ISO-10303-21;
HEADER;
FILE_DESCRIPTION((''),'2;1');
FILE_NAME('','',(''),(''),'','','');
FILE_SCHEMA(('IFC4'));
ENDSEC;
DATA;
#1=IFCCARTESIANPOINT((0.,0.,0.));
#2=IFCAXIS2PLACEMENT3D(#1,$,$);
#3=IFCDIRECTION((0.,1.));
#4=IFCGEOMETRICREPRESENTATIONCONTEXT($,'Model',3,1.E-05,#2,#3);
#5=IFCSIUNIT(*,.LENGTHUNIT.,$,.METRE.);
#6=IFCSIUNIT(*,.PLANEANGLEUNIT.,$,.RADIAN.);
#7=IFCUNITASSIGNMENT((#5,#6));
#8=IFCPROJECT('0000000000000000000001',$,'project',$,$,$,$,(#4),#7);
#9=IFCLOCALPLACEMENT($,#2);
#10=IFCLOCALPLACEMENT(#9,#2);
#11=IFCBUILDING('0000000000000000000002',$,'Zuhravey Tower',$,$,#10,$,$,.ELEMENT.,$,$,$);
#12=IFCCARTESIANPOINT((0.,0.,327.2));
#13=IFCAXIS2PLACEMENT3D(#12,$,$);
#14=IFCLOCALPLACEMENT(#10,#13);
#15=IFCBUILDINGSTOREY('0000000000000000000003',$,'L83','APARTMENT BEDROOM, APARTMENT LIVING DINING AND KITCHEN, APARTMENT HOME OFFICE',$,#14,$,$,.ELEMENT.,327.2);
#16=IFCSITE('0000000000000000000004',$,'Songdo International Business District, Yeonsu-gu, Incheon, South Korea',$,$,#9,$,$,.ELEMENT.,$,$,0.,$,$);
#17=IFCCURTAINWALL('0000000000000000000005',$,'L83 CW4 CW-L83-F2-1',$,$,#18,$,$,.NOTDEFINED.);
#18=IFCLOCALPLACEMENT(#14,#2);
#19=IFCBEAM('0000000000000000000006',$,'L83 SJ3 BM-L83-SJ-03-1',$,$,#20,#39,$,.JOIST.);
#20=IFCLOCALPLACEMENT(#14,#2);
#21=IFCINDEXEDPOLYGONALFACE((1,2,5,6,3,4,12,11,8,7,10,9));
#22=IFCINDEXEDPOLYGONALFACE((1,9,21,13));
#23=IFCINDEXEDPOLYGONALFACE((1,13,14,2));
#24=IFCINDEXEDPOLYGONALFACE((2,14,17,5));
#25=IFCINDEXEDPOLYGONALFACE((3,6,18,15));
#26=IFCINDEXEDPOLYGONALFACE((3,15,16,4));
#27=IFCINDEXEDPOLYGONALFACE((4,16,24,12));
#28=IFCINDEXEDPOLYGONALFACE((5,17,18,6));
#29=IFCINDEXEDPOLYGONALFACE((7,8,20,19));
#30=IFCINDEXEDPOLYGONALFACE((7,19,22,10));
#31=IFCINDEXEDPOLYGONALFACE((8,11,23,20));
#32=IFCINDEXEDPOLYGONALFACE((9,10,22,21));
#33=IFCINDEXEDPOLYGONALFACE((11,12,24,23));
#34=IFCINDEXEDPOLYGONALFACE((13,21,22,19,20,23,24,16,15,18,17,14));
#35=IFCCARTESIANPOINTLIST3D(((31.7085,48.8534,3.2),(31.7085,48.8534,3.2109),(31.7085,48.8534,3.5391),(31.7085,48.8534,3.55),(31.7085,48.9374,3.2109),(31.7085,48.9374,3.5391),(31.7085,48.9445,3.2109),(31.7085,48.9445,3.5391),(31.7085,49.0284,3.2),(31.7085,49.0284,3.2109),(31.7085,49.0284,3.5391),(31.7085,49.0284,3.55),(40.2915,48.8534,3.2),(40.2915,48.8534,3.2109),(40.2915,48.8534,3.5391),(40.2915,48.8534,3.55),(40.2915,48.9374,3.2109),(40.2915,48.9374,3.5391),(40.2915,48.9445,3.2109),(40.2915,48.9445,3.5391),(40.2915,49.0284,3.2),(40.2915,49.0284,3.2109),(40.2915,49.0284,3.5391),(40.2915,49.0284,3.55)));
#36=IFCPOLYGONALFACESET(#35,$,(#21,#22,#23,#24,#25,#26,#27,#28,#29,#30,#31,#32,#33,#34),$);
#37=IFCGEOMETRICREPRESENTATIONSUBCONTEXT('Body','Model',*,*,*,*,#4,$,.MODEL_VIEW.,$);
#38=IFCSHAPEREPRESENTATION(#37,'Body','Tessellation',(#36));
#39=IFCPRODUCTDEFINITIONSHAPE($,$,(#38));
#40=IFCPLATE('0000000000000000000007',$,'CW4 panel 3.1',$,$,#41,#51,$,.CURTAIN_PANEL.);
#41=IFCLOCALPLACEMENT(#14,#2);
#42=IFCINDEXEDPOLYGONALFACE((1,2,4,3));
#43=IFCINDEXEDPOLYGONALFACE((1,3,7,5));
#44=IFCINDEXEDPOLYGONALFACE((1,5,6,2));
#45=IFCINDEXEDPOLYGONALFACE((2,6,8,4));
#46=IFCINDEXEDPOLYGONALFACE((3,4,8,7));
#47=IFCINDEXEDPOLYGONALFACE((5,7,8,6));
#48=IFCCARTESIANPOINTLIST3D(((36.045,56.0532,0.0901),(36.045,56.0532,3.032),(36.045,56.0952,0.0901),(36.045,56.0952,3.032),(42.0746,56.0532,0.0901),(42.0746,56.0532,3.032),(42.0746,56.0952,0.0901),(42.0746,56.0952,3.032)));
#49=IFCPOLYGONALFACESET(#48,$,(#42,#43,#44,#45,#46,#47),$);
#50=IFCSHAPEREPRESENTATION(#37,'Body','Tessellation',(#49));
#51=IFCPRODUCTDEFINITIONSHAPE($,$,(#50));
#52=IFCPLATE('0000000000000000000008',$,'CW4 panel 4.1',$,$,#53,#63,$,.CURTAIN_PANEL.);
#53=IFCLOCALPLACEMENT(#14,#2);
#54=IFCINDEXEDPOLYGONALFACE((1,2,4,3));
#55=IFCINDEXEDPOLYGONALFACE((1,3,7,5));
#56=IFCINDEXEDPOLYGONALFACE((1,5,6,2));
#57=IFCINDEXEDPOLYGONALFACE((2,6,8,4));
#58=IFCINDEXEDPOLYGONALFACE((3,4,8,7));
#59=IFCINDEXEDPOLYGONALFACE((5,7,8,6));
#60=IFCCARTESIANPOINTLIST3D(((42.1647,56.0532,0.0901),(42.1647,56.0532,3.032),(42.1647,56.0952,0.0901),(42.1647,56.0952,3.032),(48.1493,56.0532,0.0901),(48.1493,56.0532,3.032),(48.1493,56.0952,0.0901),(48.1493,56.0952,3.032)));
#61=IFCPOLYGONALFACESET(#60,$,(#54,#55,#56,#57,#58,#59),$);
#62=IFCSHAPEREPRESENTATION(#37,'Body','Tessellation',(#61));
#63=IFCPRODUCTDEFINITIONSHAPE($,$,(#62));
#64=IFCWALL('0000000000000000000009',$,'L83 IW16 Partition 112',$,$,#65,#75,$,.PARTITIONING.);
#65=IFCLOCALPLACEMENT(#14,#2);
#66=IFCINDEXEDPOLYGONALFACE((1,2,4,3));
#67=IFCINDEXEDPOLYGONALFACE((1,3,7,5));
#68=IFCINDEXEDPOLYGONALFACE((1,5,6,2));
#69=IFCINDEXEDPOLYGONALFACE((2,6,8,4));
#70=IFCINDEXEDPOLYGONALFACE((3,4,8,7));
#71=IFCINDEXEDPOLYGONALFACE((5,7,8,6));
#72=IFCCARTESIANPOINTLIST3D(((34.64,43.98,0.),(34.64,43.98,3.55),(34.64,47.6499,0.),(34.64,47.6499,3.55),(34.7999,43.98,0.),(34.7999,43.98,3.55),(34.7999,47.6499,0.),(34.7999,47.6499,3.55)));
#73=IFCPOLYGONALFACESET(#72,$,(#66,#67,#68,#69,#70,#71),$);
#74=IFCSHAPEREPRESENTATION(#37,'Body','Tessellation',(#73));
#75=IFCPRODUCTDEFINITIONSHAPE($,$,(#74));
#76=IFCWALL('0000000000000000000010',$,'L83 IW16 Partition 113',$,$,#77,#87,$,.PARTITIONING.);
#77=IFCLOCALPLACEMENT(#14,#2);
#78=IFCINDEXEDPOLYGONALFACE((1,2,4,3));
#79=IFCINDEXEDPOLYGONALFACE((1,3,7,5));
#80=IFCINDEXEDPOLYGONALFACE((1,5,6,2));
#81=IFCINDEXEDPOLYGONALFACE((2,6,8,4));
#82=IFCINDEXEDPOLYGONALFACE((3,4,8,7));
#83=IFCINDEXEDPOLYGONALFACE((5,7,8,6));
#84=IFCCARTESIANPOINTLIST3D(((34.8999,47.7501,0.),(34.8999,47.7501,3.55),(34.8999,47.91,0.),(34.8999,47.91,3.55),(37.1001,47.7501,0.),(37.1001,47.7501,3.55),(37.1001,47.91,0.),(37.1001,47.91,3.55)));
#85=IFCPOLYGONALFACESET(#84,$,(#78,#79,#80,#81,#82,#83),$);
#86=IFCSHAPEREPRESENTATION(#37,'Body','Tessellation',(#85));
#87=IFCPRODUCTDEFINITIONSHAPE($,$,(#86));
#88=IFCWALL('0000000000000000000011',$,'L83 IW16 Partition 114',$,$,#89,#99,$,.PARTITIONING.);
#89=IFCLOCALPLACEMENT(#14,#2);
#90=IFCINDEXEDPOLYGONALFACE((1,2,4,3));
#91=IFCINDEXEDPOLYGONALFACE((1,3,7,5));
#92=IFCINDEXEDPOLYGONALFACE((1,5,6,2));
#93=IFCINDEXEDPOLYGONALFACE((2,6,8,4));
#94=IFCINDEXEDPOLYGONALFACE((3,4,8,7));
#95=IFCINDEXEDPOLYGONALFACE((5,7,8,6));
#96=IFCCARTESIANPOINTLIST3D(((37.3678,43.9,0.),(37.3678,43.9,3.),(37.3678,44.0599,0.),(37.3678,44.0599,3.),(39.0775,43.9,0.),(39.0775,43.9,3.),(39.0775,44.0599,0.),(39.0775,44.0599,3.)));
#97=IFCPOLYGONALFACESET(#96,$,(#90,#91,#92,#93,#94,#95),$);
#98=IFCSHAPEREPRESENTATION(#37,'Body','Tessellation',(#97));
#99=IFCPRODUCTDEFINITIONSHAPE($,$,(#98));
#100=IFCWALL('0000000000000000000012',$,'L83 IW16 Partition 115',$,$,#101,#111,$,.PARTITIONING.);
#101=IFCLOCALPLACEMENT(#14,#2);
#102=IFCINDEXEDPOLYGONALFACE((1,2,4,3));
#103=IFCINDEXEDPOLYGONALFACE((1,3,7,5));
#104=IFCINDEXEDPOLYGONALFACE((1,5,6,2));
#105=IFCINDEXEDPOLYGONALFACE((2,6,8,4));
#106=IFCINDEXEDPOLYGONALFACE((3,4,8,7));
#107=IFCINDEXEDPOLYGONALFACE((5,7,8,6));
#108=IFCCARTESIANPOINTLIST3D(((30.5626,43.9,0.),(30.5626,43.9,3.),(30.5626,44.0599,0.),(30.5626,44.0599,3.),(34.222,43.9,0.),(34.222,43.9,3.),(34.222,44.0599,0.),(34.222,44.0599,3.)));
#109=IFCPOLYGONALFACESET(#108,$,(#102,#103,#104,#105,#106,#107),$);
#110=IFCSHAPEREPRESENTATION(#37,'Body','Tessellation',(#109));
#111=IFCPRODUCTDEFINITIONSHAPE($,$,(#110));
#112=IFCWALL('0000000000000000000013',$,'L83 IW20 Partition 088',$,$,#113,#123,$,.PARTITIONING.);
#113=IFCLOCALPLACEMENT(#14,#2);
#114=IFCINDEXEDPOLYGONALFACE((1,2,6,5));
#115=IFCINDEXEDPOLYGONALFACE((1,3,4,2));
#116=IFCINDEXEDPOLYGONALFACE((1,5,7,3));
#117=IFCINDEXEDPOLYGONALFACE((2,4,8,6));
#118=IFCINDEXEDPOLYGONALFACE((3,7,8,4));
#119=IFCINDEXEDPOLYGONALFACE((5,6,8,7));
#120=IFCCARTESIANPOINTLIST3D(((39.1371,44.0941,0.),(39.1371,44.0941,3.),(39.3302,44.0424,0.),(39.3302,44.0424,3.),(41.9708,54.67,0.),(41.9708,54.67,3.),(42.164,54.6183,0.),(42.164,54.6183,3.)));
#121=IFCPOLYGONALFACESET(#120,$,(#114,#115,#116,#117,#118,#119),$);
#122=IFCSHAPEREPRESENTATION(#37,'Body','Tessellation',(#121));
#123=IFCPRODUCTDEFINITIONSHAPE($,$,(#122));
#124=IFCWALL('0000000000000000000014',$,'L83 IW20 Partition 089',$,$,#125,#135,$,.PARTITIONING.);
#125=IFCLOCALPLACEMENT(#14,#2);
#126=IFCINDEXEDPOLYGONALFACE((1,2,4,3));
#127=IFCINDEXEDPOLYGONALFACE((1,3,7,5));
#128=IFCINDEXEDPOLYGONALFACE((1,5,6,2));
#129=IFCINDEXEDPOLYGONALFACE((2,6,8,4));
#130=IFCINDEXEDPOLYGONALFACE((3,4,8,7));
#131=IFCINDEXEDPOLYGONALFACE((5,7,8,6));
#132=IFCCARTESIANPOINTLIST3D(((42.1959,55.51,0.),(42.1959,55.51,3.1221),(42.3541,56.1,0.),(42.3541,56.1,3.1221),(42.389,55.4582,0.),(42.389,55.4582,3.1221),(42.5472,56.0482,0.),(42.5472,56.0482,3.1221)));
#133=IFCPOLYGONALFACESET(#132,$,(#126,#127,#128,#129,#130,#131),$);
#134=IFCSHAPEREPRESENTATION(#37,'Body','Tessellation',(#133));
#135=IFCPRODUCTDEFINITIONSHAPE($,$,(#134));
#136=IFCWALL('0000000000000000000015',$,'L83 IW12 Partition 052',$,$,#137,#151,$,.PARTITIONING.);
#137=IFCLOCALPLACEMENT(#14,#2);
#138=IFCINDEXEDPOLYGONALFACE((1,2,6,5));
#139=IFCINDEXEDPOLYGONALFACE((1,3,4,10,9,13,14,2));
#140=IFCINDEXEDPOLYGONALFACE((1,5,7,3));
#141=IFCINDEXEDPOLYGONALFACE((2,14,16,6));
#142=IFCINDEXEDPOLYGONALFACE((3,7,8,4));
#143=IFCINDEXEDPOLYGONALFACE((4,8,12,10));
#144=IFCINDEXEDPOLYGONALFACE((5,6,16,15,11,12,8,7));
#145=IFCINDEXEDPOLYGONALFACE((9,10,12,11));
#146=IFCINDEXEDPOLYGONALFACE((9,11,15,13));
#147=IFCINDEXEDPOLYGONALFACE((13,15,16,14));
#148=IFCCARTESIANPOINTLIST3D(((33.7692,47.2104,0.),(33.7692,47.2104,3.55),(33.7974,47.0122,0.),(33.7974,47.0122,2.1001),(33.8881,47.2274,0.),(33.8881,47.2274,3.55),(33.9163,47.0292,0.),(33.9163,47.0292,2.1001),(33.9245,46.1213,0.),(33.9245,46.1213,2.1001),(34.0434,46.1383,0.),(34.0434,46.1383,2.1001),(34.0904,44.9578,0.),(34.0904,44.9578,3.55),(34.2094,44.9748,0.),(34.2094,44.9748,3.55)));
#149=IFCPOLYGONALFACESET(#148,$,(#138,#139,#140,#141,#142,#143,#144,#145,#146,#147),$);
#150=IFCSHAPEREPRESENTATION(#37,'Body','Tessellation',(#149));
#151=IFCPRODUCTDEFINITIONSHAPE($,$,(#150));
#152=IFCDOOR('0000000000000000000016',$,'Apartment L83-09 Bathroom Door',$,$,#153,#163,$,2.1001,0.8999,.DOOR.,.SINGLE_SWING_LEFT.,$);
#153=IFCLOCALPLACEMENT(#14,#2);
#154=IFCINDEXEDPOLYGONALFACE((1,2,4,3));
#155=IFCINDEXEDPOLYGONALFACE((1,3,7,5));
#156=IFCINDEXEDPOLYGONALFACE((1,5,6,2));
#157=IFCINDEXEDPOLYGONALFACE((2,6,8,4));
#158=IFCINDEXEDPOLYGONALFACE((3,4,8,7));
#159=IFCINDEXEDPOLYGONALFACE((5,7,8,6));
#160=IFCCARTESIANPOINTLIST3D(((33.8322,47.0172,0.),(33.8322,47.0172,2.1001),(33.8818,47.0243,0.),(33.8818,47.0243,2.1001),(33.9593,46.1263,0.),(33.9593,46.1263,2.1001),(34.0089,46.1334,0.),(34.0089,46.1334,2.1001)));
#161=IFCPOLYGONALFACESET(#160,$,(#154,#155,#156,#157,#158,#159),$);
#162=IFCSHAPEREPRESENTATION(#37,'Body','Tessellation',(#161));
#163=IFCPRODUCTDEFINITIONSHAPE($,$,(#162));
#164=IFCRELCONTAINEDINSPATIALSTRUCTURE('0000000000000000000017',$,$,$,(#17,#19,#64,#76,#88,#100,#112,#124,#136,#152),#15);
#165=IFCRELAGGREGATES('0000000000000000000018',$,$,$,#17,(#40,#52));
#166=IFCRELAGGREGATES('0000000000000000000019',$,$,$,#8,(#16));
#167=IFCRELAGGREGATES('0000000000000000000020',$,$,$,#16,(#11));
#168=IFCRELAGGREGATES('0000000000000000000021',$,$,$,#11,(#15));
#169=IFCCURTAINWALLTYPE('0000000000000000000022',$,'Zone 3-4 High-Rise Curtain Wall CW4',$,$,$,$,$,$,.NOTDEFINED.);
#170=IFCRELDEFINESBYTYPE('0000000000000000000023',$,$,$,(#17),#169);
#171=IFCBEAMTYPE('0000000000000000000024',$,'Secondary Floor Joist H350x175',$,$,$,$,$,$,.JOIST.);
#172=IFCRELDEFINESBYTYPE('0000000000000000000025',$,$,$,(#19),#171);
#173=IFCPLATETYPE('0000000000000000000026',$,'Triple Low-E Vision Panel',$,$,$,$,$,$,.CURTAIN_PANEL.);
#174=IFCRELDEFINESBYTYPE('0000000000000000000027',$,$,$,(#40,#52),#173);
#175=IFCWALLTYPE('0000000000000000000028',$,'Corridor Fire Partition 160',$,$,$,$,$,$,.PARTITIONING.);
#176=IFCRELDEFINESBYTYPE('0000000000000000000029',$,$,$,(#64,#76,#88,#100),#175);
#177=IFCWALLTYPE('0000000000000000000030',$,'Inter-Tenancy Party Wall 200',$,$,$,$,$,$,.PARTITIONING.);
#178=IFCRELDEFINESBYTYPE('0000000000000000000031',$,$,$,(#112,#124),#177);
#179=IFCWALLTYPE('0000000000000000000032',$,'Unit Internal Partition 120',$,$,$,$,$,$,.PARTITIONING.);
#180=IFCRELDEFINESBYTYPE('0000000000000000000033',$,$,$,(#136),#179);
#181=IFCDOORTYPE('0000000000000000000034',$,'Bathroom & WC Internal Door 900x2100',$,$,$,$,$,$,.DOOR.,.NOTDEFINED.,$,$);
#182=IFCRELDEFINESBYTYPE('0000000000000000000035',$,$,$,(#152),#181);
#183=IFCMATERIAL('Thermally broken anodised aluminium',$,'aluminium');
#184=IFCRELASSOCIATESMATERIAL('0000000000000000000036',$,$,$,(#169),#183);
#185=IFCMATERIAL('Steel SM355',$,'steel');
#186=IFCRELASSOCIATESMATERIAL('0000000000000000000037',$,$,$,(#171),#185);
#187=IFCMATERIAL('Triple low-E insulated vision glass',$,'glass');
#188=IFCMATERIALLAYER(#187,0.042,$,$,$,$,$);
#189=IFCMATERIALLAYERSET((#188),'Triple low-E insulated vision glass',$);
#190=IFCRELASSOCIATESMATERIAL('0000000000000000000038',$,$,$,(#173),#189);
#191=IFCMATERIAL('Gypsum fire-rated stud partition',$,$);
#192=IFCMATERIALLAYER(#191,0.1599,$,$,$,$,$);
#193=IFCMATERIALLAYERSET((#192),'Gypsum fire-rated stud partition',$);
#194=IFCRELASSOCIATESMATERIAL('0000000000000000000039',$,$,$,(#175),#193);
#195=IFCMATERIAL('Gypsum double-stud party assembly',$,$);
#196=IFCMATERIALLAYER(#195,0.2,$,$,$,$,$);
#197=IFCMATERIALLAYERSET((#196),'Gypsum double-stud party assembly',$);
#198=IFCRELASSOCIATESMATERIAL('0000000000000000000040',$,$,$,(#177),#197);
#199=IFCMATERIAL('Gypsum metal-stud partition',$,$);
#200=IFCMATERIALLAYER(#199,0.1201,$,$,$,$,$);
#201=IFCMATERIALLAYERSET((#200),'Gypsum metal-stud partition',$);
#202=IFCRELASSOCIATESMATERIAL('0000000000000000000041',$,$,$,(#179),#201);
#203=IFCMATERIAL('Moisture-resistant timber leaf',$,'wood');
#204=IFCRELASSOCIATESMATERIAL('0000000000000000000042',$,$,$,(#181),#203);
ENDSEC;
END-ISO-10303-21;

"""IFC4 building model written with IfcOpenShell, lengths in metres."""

from ifc_helpers import new_model, si_unit, direction, frame, frame_2d, origin, origin_2d, place, context, subcontext, project, spatial, rectangle, i_section, extrude, material, layer, layer_set, material_profile, profile_set, type_object, element, fill, aggregate, save


model = new_model("IFC4")

# Units and contexts
model_context = context("Model", 3, precision=1e-05, world=origin(), true_north=direction((0.0, 1.0)))
body_context = subcontext(model_context, "Body", "Model", "MODEL_VIEW")
ifc_project = project(units=[si_unit("LENGTHUNIT", "METRE"), si_unit("PLANEANGLEUNIT", "RADIAN")], contexts=[model_context])

# Site, building, storey
site_placement = place(None, origin())
site = spatial("IfcSite", under=ifc_project, at=site_placement, Name="Songdo International Business District, Yeonsu-gu, Incheon, South Korea", CompositionType="ELEMENT", RefElevation=0.0)
building_placement = place(site_placement, origin())
building = spatial("IfcBuilding", under=site, at=building_placement, Name="Zuhravey Tower", CompositionType="ELEMENT")
storey_placement = place(building_placement, frame((0.0, 0.0, 327.2)))
storey = spatial("IfcBuildingStorey", under=building, at=storey_placement, Name="L83", Description="APARTMENT BEDROOM, APARTMENT LIVING DINING AND KITCHEN, APARTMENT HOME OFFICE", CompositionType="ELEMENT", Elevation=327.2)

# Curtain wall
ifc_material_1 = material(Name="Thermally broken anodised aluminium", Category="aluminium")
curtain_wall_type = type_object("IfcCurtainWallType", Name="Zone 3-4 High-Rise Curtain Wall CW4", PredefinedType="NOTDEFINED", material=ifc_material_1)
curtain_wall_placement = place(storey_placement, origin())
curtain_wall = element("IfcCurtainWall", 1, at=curtain_wall_placement, inside=storey, type_object=curtain_wall_type, Name="L83 CW4 CW-L83-F2-1", PredefinedType="NOTDEFINED")

# Beam
ifc_material_2 = material(Name="Steel SM355", Category="steel")
ifc_material_profile_1 = material_profile(ifc_material_2, i_section(OverallWidth=0.175, OverallDepth=0.3501, WebThickness=0.0071, FlangeThickness=0.011, at=origin_2d()), Name="H-350x175x7x11")
ifc_profile_set_1 = profile_set([ifc_material_profile_1], Name="Steel SM355")
beam_type_1 = type_object("IfcBeamType", Name="Secondary Floor Joist H350x175", PredefinedType="JOIST", material=ifc_profile_set_1)
beam_1_placement = place(storey_placement, frame((40.2915, 48.9409, 3.375), z_axis=(-1.0, 0.0, 0.0), x_axis=(0.0, -1.0, 0.0)))
element("IfcBeam", 2, at=beam_1_placement, inside=storey, type_object=beam_type_1, Name="L83 SJ3 BM-L83-SJ-03-1", PredefinedType="JOIST", context=body_context, shape_type="SweptSolid", body=[
    extrude(i_section(OverallWidth=0.175, OverallDepth=0.3501, WebThickness=0.0071, FlangeThickness=0.011, at=origin_2d()), origin(), (0.0, 0.0, 1.0), 8.583),
])

# Plates
ifc_material_3 = material(Name="Triple low-E insulated vision glass", Category="glass")
ifc_layer_1 = layer(ifc_material_3, 0.042)
ifc_layer_set_1 = layer_set([ifc_layer_1], Name="Triple low-E insulated vision glass")
plate_type = type_object("IfcPlateType", Name="Triple Low-E Vision Panel", PredefinedType="CURTAIN_PANEL", material=ifc_layer_set_1)
plate_1_placement = place(storey_placement, frame((39.0598, 56.0742, 0.0901), z_axis=(0.0, 0.0, 1.0), x_axis=(1.0, 0.0, 0.0)))
plate_1 = element("IfcPlate", 3, at=plate_1_placement, type_object=plate_type, Name="CW4 panel 3.1", PredefinedType="CURTAIN_PANEL", context=body_context, shape_type="SweptSolid", body=[
    extrude(rectangle(XDim=6.0295, YDim=0.042, at=origin_2d()), origin(), (0.0, 0.0, 1.0), 2.9419),
])
plate_2_placement = place(storey_placement, frame((45.157, 56.0742, 0.0901), z_axis=(0.0, 0.0, 1.0), x_axis=(1.0, 0.0, 0.0)))
plate_2 = element("IfcPlate", 4, at=plate_2_placement, type_object=plate_type, Name="CW4 panel 4.1", PredefinedType="CURTAIN_PANEL", context=body_context, shape_type="SweptSolid", body=[
    extrude(rectangle(XDim=5.9846, YDim=0.042, at=origin_2d()), origin(), (0.0, 0.0, 1.0), 2.9419),
])
aggregate(curtain_wall, [plate_1, plate_2])

# Shared definitions
ifc_material_4 = material(Name="Gypsum fire-rated stud partition")
ifc_layer_2 = layer(ifc_material_4, 0.1599)
ifc_layer_set_2 = layer_set([ifc_layer_2], Name="Gypsum fire-rated stud partition")
wall_type_1 = type_object("IfcWallType", Name="Corridor Fire Partition 160", PredefinedType="PARTITIONING", material=ifc_layer_set_2)

# Walls
wall_1_placement = place(storey_placement, frame((34.72, 47.6499, 0.0), z_axis=(0.0, 0.0, 1.0), x_axis=(0.0, -1.0, 0.0)))
element("IfcWall", 5, at=wall_1_placement, inside=storey, type_object=wall_type_1, Name="L83 IW16 Partition 112", PredefinedType="PARTITIONING", context=body_context, shape_type="SweptSolid", body=[
    extrude(rectangle(XDim=3.6699, YDim=0.1599, at=frame_2d((1.835, 0.0))), origin(), (0.0, 0.0, 1.0), 3.55),
])
wall_2_placement = place(storey_placement, frame((37.1001, 47.8301, 0.0), z_axis=(0.0, 0.0, 1.0), x_axis=(-1.0, 0.0, 0.0)))
element("IfcWall", 6, at=wall_2_placement, inside=storey, type_object=wall_type_1, Name="L83 IW16 Partition 113", PredefinedType="PARTITIONING", context=body_context, shape_type="SweptSolid", body=[
    extrude(rectangle(XDim=2.2002, YDim=0.1599, at=frame_2d((1.1001, 0.0))), origin(), (0.0, 0.0, 1.0), 3.55),
])
wall_3_placement = place(storey_placement, frame((39.0776, 43.98, 0.0), z_axis=(0.0, 0.0, 1.0), x_axis=(-1.0, 0.0, 0.0)))
element("IfcWall", 7, at=wall_3_placement, inside=storey, type_object=wall_type_1, Name="L83 IW16 Partition 114", PredefinedType="PARTITIONING", context=body_context, shape_type="SweptSolid", body=[
    extrude(rectangle(XDim=1.7097, YDim=0.1599, at=frame_2d((0.855, 0.0))), origin(), (0.0, 0.0, 1.0), 3.0),
])
wall_4_placement = place(storey_placement, frame((34.2219, 43.98, 0.0), z_axis=(0.0, 0.0, 1.0), x_axis=(-1.0, 0.0, 0.0)))
element("IfcWall", 8, at=wall_4_placement, inside=storey, type_object=wall_type_1, Name="L83 IW16 Partition 115", PredefinedType="PARTITIONING", context=body_context, shape_type="SweptSolid", body=[
    extrude(rectangle(XDim=3.6594, YDim=0.1599, at=frame_2d((1.8296, 0.0))), origin(), (0.0, 0.0, 1.0), 3.0),
])
ifc_material_5 = material(Name="Gypsum double-stud party assembly")
ifc_layer_3 = layer(ifc_material_5, 0.2)
ifc_layer_set_3 = layer_set([ifc_layer_3], Name="Gypsum double-stud party assembly")
wall_type_2 = type_object("IfcWallType", Name="Inter-Tenancy Party Wall 200", PredefinedType="PARTITIONING", material=ifc_layer_set_3)
wall_5_placement = place(storey_placement, frame((39.2336, 44.0681, 0.0), z_axis=(0.0, 0.0, 1.0), x_axis=(0.258813, 0.965927, 0.0)))
element("IfcWall", 9, at=wall_5_placement, inside=storey, type_object=wall_type_2, Name="L83 IW20 Partition 088", PredefinedType="PARTITIONING", context=body_context, shape_type="SweptSolid", body=[
    extrude(rectangle(XDim=10.949, YDim=0.2, at=frame_2d((5.4746, 0.0))), origin(), (0.0, 0.0, 1.0), 3.0),
])
wall_6_placement = place(storey_placement, frame((42.2925, 55.4841, 0.0), z_axis=(0.0, 0.0, 1.0), x_axis=(0.258956, 0.965889, 0.0)))
element("IfcWall", 10, at=wall_6_placement, inside=storey, type_object=wall_type_2, Name="L83 IW20 Partition 089", PredefinedType="PARTITIONING", context=body_context, shape_type="SweptSolid", body=[
    extrude(rectangle(XDim=0.6108, YDim=0.2, at=frame_2d((0.3054, 0.0))), origin(), (0.0, 0.0, 1.0), 3.1221),
])

# Wall, opening, door
ifc_material_6 = material(Name="Gypsum metal-stud partition")
ifc_layer_4 = layer(ifc_material_6, 0.1201)
ifc_layer_set_4 = layer_set([ifc_layer_4], Name="Gypsum metal-stud partition")
wall_type_3 = type_object("IfcWallType", Name="Unit Internal Partition 120", PredefinedType="PARTITIONING", material=ifc_layer_set_4)
wall_7_placement = place(storey_placement, frame((34.1499, 44.9663, 0.0), z_axis=(0.0, 0.0, 1.0), x_axis=(-0.141196, 0.989982, 0.0)))
wall_7 = element("IfcWall", 11, at=wall_7_placement, inside=storey, type_object=wall_type_3, Name="L83 IW12 Partition 052", PredefinedType="PARTITIONING", context=body_context, shape_type="SweptSolid", body=[
    extrude(rectangle(XDim=2.2754, YDim=0.1201, at=frame_2d((1.1377, 0.0))), origin(), (0.0, 0.0, 1.0), 3.55),
])
opening_1_placement = place(wall_7_placement, frame((1.1753, 0.0, 0.0)))
opening_1 = element("IfcOpeningElement", 12, at=opening_1_placement, cuts=wall_7, PredefinedType="OPENING", context=body_context, shape_type="SweptSolid", body=[
    extrude(rectangle(XDim=0.8999, YDim=2.1001, at=frame_2d((0.45, 1.05))), frame((0.0, 0.072, 0.0), z_axis=(0.0, -1.0, 0.0), x_axis=(1.0, 0.0, 0.0)), (0.0, 0.0, 1.0), 0.144),
])
ifc_material_7 = material(Name="Moisture-resistant timber leaf", Category="wood")
door_type_1 = type_object("IfcDoorType", Name="Bathroom & WC Internal Door 900x2100", OperationType="NOTDEFINED", PredefinedType="DOOR", material=ifc_material_7)
door_1_placement = place(opening_1_placement, origin())
door_1 = element("IfcDoor", 13, at=door_1_placement, inside=storey, type_object=door_type_1, Name="Apartment L83-09 Bathroom Door", OperationType="SINGLE_SWING_LEFT", OverallHeight=2.1001, OverallWidth=0.8999, PredefinedType="DOOR", context=body_context, shape_type="SweptSolid", body=[
    extrude(rectangle(XDim=0.8999, YDim=2.1001, at=frame_2d((0.45, 1.05))), frame((0.0, 0.0249, 0.0), z_axis=(0.0, -1.0, 0.0), x_axis=(1.0, 0.0, 0.0)), (0.0, 0.0, 1.0), 0.05),
])
fill(opening_1, door_1)

save(model, "model.ifc")
